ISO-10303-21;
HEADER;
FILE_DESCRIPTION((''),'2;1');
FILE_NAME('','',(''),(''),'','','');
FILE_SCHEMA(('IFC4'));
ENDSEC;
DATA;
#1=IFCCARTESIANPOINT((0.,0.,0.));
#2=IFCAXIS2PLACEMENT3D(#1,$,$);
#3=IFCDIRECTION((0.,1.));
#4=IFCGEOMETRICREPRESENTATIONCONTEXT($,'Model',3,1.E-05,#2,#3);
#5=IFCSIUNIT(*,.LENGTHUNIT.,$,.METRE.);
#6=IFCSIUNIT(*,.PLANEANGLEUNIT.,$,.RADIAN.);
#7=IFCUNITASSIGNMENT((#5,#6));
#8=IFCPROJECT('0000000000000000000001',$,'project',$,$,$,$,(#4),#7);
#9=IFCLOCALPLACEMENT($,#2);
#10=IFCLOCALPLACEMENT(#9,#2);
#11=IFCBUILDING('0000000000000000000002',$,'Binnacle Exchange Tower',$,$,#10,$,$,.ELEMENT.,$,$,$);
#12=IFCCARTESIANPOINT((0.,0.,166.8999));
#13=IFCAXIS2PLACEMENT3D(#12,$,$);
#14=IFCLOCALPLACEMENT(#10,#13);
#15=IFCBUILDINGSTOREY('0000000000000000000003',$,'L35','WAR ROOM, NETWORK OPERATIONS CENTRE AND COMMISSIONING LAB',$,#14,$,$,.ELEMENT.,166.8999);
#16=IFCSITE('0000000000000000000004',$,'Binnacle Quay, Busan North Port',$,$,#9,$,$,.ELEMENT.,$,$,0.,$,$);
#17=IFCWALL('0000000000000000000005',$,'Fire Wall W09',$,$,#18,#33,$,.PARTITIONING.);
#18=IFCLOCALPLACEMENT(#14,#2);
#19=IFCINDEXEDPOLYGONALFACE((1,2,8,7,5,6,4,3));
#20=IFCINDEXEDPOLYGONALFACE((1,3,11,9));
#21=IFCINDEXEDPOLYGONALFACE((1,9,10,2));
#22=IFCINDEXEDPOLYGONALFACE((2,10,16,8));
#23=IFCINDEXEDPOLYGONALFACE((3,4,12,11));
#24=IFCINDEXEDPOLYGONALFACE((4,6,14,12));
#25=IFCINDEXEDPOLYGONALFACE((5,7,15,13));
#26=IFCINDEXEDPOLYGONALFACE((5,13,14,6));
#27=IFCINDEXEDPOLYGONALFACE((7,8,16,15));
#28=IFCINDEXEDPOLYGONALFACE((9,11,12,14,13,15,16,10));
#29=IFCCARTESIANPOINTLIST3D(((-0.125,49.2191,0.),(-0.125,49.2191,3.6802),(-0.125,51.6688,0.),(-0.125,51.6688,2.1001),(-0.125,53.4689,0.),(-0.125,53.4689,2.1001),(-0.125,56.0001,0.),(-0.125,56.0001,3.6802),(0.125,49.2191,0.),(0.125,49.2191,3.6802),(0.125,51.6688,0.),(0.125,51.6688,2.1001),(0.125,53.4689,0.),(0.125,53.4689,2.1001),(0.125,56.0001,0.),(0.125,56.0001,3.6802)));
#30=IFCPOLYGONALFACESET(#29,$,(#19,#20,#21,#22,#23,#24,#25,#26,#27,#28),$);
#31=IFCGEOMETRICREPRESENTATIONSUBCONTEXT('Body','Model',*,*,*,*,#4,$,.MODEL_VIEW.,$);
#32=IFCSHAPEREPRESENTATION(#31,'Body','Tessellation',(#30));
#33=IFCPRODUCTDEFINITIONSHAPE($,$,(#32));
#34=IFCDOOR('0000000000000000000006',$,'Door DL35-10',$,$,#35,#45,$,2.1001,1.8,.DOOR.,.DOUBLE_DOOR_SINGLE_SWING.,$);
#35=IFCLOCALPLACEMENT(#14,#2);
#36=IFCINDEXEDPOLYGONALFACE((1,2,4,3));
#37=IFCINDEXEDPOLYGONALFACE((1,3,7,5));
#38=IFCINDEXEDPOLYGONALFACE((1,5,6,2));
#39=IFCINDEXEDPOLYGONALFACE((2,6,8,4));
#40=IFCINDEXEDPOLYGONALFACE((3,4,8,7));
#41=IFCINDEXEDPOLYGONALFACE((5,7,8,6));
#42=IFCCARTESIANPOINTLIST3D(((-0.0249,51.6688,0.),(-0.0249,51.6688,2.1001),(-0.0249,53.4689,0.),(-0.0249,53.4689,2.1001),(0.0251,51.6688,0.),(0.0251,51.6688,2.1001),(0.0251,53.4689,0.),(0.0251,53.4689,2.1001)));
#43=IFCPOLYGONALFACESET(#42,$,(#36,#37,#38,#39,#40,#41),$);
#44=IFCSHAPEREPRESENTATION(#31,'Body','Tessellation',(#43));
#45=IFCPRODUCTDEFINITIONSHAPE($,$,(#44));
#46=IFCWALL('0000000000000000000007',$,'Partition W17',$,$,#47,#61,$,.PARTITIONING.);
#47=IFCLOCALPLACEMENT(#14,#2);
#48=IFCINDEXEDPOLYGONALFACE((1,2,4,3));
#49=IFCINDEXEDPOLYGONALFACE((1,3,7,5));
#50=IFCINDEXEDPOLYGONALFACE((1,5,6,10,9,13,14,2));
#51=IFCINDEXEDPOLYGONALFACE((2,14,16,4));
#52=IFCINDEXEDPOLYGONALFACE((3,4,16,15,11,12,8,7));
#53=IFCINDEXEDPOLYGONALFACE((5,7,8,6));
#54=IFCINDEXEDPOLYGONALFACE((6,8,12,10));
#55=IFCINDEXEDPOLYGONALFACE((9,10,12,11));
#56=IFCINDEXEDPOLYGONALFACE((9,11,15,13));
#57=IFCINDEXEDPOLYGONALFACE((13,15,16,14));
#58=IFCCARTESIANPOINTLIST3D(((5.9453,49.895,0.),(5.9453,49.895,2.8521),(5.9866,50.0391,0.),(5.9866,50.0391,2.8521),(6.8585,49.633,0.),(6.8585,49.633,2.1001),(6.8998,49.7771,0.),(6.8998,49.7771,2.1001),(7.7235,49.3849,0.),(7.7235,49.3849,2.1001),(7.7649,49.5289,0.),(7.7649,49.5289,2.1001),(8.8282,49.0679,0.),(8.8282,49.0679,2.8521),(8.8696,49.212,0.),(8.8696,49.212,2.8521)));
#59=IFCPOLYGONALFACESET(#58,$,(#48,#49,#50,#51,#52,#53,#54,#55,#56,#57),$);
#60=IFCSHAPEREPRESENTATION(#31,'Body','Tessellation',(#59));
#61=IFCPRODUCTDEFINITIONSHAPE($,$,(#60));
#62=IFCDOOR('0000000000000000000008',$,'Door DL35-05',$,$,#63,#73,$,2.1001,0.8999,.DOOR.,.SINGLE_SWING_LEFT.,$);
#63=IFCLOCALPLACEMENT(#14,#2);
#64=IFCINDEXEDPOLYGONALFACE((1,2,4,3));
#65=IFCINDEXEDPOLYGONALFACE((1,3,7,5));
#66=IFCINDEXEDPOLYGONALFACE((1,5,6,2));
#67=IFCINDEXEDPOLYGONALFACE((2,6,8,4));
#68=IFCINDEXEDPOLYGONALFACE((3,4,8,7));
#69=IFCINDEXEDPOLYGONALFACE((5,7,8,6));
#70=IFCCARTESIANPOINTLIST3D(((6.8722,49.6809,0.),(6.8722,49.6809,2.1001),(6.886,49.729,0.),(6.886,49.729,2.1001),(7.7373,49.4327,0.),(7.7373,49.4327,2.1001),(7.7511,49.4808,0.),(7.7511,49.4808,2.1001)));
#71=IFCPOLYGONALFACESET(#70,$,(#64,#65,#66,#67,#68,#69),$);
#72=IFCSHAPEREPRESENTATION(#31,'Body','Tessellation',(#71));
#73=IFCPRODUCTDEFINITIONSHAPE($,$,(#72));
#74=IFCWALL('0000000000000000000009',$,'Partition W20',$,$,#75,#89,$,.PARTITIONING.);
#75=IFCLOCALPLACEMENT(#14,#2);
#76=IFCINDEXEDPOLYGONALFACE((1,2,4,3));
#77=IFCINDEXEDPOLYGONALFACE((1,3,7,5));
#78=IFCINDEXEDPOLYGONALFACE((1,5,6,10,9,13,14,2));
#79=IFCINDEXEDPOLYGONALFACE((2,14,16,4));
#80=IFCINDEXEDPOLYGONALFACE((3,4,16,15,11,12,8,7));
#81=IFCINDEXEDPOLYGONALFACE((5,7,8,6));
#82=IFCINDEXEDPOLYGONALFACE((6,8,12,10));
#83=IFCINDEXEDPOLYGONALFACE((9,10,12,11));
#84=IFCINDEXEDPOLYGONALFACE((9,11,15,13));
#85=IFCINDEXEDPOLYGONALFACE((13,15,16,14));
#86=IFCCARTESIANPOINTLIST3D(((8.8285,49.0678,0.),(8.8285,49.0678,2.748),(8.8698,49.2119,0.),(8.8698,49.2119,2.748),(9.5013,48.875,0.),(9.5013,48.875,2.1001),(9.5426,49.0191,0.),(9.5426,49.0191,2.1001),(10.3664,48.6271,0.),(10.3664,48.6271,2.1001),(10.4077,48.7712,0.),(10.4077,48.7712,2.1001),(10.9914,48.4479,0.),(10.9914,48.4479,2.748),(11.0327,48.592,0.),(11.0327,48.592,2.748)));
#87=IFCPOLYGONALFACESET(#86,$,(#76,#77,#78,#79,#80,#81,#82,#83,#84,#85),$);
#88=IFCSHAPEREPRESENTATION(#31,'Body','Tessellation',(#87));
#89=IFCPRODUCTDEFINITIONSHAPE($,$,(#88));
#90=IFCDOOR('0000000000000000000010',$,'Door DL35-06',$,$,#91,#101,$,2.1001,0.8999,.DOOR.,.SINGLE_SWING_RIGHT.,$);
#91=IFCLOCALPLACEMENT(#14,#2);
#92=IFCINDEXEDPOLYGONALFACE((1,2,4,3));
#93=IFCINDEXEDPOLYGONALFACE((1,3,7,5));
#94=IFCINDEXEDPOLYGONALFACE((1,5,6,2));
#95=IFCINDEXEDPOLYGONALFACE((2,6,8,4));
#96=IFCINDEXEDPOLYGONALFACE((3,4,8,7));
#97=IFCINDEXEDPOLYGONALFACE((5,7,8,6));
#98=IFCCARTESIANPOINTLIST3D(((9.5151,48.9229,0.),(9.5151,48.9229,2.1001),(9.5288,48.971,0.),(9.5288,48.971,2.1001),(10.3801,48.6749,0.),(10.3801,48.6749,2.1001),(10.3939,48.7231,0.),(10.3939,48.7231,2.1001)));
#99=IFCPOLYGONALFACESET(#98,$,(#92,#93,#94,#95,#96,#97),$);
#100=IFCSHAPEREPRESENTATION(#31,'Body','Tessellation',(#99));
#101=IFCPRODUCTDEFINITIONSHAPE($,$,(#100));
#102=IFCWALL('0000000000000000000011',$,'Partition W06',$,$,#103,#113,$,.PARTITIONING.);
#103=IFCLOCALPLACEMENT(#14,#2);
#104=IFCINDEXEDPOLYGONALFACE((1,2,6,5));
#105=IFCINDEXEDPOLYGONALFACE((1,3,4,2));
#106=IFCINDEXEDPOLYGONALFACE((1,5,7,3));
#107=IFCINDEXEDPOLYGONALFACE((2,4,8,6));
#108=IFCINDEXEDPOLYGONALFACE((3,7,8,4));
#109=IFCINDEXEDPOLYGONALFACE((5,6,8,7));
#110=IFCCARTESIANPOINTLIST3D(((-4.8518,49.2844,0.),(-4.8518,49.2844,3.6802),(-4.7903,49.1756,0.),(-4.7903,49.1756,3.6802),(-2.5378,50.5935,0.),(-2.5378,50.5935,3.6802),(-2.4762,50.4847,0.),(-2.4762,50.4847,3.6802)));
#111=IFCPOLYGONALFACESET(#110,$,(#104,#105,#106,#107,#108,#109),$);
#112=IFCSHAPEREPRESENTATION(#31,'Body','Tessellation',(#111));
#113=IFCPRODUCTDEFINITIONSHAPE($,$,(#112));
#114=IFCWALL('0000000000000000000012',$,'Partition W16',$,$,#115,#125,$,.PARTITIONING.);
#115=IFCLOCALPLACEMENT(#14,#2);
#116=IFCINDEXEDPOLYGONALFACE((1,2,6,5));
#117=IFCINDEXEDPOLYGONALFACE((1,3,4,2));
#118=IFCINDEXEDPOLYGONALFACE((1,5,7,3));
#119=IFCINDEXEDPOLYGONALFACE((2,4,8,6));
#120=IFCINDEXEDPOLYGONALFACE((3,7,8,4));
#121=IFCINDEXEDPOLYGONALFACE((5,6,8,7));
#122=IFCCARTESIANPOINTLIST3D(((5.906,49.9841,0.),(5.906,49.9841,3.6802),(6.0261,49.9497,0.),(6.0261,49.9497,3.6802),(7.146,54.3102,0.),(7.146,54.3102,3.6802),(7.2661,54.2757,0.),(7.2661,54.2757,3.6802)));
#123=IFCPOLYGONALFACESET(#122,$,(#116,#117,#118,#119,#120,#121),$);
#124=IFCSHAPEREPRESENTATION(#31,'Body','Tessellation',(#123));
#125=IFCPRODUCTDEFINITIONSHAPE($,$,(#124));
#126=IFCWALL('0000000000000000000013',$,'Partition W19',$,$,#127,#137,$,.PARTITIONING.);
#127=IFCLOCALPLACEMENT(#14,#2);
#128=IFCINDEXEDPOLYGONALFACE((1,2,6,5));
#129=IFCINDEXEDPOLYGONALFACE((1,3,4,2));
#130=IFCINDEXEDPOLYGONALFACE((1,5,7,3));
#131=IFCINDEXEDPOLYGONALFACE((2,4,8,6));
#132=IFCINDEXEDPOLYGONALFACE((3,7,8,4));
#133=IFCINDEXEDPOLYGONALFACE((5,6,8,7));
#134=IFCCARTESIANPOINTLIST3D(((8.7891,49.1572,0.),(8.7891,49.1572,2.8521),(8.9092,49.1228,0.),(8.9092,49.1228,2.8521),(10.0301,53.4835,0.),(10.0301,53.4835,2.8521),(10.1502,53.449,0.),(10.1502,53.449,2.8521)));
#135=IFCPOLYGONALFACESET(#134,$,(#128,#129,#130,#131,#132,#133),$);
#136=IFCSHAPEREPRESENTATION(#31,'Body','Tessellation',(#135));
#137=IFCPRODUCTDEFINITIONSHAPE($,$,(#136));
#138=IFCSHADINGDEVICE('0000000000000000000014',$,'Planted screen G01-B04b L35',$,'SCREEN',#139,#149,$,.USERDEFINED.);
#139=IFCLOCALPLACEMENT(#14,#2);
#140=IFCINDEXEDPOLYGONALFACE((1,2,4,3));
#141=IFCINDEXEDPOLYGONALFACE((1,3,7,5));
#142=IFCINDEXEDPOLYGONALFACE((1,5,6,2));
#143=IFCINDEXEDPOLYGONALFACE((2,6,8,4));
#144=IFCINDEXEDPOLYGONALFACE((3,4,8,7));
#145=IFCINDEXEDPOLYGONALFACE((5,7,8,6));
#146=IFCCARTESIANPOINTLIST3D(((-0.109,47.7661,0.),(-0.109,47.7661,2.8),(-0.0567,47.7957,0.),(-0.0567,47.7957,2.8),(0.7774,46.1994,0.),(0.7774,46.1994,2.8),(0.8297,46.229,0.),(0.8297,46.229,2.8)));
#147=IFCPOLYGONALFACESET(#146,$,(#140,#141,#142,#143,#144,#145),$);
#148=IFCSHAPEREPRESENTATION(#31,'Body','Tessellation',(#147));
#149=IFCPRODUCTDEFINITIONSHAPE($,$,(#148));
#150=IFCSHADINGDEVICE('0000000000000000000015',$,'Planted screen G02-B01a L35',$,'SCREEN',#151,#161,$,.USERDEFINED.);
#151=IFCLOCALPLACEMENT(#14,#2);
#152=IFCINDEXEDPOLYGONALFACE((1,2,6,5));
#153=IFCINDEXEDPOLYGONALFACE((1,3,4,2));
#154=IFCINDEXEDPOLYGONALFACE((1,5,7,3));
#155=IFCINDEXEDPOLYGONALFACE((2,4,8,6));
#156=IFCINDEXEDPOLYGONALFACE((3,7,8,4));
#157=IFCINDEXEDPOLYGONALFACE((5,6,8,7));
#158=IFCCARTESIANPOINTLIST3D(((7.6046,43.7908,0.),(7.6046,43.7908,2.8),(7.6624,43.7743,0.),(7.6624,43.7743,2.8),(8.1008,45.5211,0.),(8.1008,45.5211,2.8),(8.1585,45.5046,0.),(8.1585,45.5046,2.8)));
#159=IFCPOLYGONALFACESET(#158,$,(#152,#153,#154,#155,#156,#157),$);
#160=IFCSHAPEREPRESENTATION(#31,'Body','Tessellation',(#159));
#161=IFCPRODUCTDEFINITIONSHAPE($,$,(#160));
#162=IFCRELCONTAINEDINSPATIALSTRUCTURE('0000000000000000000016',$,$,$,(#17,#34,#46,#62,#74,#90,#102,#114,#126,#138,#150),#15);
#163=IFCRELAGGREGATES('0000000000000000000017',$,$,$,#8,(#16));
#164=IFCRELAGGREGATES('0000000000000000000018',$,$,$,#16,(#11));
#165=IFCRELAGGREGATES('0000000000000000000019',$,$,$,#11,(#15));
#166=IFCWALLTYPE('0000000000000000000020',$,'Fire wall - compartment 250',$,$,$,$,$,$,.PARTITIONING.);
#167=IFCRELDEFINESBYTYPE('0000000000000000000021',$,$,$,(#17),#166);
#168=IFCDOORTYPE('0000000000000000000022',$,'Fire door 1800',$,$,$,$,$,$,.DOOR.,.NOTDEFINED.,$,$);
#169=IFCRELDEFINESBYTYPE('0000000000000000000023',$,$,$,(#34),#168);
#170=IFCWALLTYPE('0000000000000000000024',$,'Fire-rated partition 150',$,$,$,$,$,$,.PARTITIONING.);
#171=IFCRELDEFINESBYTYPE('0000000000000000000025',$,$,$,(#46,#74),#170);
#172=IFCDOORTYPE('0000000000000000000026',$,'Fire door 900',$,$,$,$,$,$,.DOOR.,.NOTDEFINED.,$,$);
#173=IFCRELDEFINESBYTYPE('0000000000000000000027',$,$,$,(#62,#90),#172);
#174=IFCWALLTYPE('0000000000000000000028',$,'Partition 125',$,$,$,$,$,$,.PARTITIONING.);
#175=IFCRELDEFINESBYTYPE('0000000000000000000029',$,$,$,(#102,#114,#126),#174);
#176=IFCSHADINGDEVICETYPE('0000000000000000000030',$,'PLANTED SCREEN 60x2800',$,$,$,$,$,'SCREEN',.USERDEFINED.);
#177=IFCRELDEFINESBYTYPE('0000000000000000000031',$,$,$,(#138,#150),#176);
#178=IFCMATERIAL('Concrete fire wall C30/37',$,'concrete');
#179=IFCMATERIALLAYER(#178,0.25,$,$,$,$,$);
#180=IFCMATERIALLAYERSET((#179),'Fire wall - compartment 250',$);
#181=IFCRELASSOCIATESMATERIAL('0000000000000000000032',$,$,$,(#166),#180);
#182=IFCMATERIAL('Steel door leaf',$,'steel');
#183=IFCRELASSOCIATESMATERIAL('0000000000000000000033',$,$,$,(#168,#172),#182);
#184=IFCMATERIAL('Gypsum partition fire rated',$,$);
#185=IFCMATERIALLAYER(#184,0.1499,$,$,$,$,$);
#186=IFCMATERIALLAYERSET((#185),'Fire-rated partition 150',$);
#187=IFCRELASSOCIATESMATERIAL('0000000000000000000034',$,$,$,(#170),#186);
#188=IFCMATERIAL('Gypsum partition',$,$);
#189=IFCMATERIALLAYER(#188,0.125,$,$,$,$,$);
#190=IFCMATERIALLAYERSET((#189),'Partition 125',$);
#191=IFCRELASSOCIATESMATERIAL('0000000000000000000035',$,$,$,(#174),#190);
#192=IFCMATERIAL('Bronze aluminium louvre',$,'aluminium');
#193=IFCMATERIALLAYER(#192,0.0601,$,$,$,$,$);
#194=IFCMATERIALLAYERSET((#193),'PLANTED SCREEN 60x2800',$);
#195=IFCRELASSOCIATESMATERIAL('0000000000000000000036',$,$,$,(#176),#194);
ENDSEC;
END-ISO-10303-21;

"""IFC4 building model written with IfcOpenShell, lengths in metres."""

from ifc_helpers import new_model, si_unit, direction, frame, frame_2d, origin, origin_2d, place, context, subcontext, project, spatial, rectangle, extrude, material, layer, layer_set, type_object, element, fill, save


model = new_model("IFC4")

# Units and contexts
model_context = context("Model", 3, precision=1e-05, world=origin(), true_north=direction((0.0, 1.0)))
body_context = subcontext(model_context, "Body", "Model", "MODEL_VIEW")
ifc_project = project(units=[si_unit("LENGTHUNIT", "METRE"), si_unit("PLANEANGLEUNIT", "RADIAN")], contexts=[model_context])

# Site, building, storey
site_placement = place(None, origin())
site = spatial("IfcSite", under=ifc_project, at=site_placement, Name="Binnacle Quay, Busan North Port", CompositionType="ELEMENT", RefElevation=0.0)
building_placement = place(site_placement, origin())
building = spatial("IfcBuilding", under=site, at=building_placement, Name="Binnacle Exchange Tower", CompositionType="ELEMENT")
storey_placement = place(building_placement, frame((0.0, 0.0, 166.8999)))
storey = spatial("IfcBuildingStorey", under=building, at=storey_placement, Name="L35", Description="WAR ROOM, NETWORK OPERATIONS CENTRE AND COMMISSIONING LAB", CompositionType="ELEMENT", Elevation=166.8999)

# Walls, openings, doors
ifc_material_1 = material(Name="Concrete fire wall C30/37", Category="concrete")
ifc_layer_1 = layer(ifc_material_1, 0.25)
ifc_layer_set_1 = layer_set([ifc_layer_1], Name="Fire wall - compartment 250")
wall_type_1 = type_object("IfcWallType", Name="Fire wall - compartment 250", PredefinedType="PARTITIONING", material=ifc_layer_set_1)
wall_1_placement = place(storey_placement, frame((0.0, 49.219, 0.0), z_axis=(0.0, 0.0, 1.0), x_axis=(0.0, 1.0, 0.0)))
wall_1 = element("IfcWall", 1, at=wall_1_placement, inside=storey, type_object=wall_type_1, Name="Fire Wall W09", PredefinedType="PARTITIONING", context=body_context, shape_type="SweptSolid", body=[
    extrude(rectangle(XDim=6.781, YDim=0.25, at=frame_2d((3.3906, 0.0))), origin(), (0.0, 0.0, 1.0), 3.6802),
])
opening_1_placement = place(wall_1_placement, frame((2.45, 0.0, 0.0)))
opening_1 = element("IfcOpeningElement", 2, at=opening_1_placement, cuts=wall_1, PredefinedType="OPENING", context=body_context, shape_type="SweptSolid", body=[
    extrude(rectangle(XDim=1.8, YDim=2.1001, at=frame_2d((0.8999, 1.05))), frame((0.0, 0.135, 0.0), z_axis=(0.0, -1.0, 0.0), x_axis=(1.0, 0.0, 0.0)), (0.0, 0.0, 1.0), 0.27),
])
ifc_material_2 = material(Name="Steel door leaf", Category="steel")
door_type_1 = type_object("IfcDoorType", Name="Fire door 1800", OperationType="NOTDEFINED", PredefinedType="DOOR", material=ifc_material_2)
door_1_placement = place(opening_1_placement, origin())
door_1 = element("IfcDoor", 3, at=door_1_placement, inside=storey, type_object=door_type_1, Name="Door DL35-10", OperationType="DOUBLE_DOOR_SINGLE_SWING", OverallHeight=2.1001, OverallWidth=1.8, PredefinedType="DOOR", context=body_context, shape_type="SweptSolid", body=[
    extrude(rectangle(XDim=1.8, YDim=2.1001, at=frame_2d((0.8999, 1.05))), frame((0.0, 0.0249, 0.0), z_axis=(0.0, -1.0, 0.0), x_axis=(1.0, 0.0, 0.0)), (0.0, 0.0, 1.0), 0.05),
])
fill(opening_1, door_1)
ifc_material_3 = material(Name="Gypsum partition fire rated")
ifc_layer_2 = layer(ifc_material_3, 0.1499)
ifc_layer_set_2 = layer_set([ifc_layer_2], Name="Fire-rated partition 150")
wall_type_2 = type_object("IfcWallType", Name="Fire-rated partition 150", PredefinedType="PARTITIONING", material=ifc_layer_set_2)
wall_2_placement = place(storey_placement, frame((5.9661, 49.967, 0.0), z_axis=(0.0, 0.0, 1.0), x_axis=(0.961222, -0.275775, 0.0)))
wall_2 = element("IfcWall", 4, at=wall_2_placement, inside=storey, type_object=wall_type_2, Name="Partition W17", PredefinedType="PARTITIONING", context=body_context, shape_type="SweptSolid", body=[
    extrude(rectangle(XDim=2.9993, YDim=0.1499, at=frame_2d((1.4995, 0.0))), origin(), (0.0, 0.0, 1.0), 2.8521),
])
opening_2_placement = place(wall_2_placement, frame((0.95, 0.0, 0.0)))
opening_2 = element("IfcOpeningElement", 5, at=opening_2_placement, cuts=wall_2, PredefinedType="OPENING", context=body_context, shape_type="SweptSolid", body=[
    extrude(rectangle(XDim=0.8999, YDim=2.1001, at=frame_2d((0.45, 1.05))), frame((0.0, 0.085, 0.0), z_axis=(0.0, -1.0, 0.0), x_axis=(1.0, 0.0, 0.0)), (0.0, 0.0, 1.0), 0.1699),
])
door_type_2 = type_object("IfcDoorType", Name="Fire door 900", OperationType="NOTDEFINED", PredefinedType="DOOR", material=ifc_material_2)
door_2_placement = place(opening_2_placement, origin())
door_2 = element("IfcDoor", 6, at=door_2_placement, inside=storey, type_object=door_type_2, Name="Door DL35-05", OperationType="SINGLE_SWING_LEFT", OverallHeight=2.1001, OverallWidth=0.8999, PredefinedType="DOOR", context=body_context, shape_type="SweptSolid", body=[
    extrude(rectangle(XDim=0.8999, YDim=2.1001, at=frame_2d((0.45, 1.05))), frame((0.0, 0.0249, 0.0), z_axis=(0.0, -1.0, 0.0), x_axis=(1.0, 0.0, 0.0)), (0.0, 0.0, 1.0), 0.05),
])
fill(opening_2, door_2)
wall_3_placement = place(storey_placement, frame((8.8491, 49.1399, 0.0), z_axis=(0.0, 0.0, 1.0), x_axis=(0.961298, -0.275509, 0.0)))
wall_3 = element("IfcWall", 7, at=wall_3_placement, inside=storey, type_object=wall_type_2, Name="Partition W20", PredefinedType="PARTITIONING", context=body_context, shape_type="SweptSolid", body=[
    extrude(rectangle(XDim=2.25, YDim=0.1499, at=frame_2d((1.125, 0.0))), origin(), (0.0, 0.0, 1.0), 2.748),
])
opening_3_placement = place(wall_3_placement, frame((0.7, 0.0, 0.0)))
opening_3 = element("IfcOpeningElement", 8, at=opening_3_placement, cuts=wall_3, PredefinedType="OPENING", context=body_context, shape_type="SweptSolid", body=[
    extrude(rectangle(XDim=0.8999, YDim=2.1001, at=frame_2d((0.45, 1.05))), frame((0.0, 0.085, 0.0), z_axis=(0.0, -1.0, 0.0), x_axis=(1.0, 0.0, 0.0)), (0.0, 0.0, 1.0), 0.1699),
])
door_3_placement = place(opening_3_placement, origin())
door_3 = element("IfcDoor", 9, at=door_3_placement, inside=storey, type_object=door_type_2, Name="Door DL35-06", OperationType="SINGLE_SWING_RIGHT", OverallHeight=2.1001, OverallWidth=0.8999, PredefinedType="DOOR", context=body_context, shape_type="SweptSolid", body=[
    extrude(rectangle(XDim=0.8999, YDim=2.1001, at=frame_2d((0.45, 1.05))), frame((0.0, 0.0249, 0.0), z_axis=(0.0, -1.0, 0.0), x_axis=(1.0, 0.0, 0.0)), (0.0, 0.0, 1.0), 0.05),
])
fill(opening_3, door_3)

# Walls
ifc_material_4 = material(Name="Gypsum partition")
ifc_layer_3 = layer(ifc_material_4, 0.125)
ifc_layer_set_3 = layer_set([ifc_layer_3], Name="Partition 125")
wall_type_3 = type_object("IfcWallType", Name="Partition 125", PredefinedType="PARTITIONING", material=ifc_layer_set_3)
wall_4_placement = place(storey_placement, frame((-4.821, 49.23, 0.0), z_axis=(0.0, 0.0, 1.0), x_axis=(0.870371, 0.492396, 0.0)))
element("IfcWall", 10, at=wall_4_placement, inside=storey, type_object=wall_type_3, Name="Partition W06", PredefinedType="PARTITIONING", context=body_context, shape_type="SweptSolid", body=[
    extrude(rectangle(XDim=2.6587, YDim=0.125, at=frame_2d((1.3293, 0.0))), origin(), (0.0, 0.0, 1.0), 3.6802),
])
wall_5_placement = place(storey_placement, frame((5.9661, 49.967, 0.0), z_axis=(0.0, 0.0, 1.0), x_axis=(0.275545, 0.961288, 0.0)))
element("IfcWall", 11, at=wall_5_placement, inside=storey, type_object=wall_type_3, Name="Partition W16", PredefinedType="PARTITIONING", context=body_context, shape_type="SweptSolid", body=[
    extrude(rectangle(XDim=4.5002, YDim=0.125, at=frame_2d((2.25, 0.0))), origin(), (0.0, 0.0, 1.0), 3.6802),
])
wall_6_placement = place(storey_placement, frame((8.8491, 49.1399, 0.0), z_axis=(0.0, 0.0, 1.0), x_axis=(0.275731, 0.961235, 0.0)))
element("IfcWall", 12, at=wall_6_placement, inside=storey, type_object=wall_type_3, Name="Partition W19", PredefinedType="PARTITIONING", context=body_context, shape_type="SweptSolid", body=[
    extrude(rectangle(XDim=4.5007, YDim=0.125, at=frame_2d((2.2505, 0.0))), origin(), (0.0, 0.0, 1.0), 2.8521),
])

# Shading devices
ifc_material_5 = material(Name="Bronze aluminium louvre", Category="aluminium")
ifc_layer_4 = layer(ifc_material_5, 0.0601)
ifc_layer_set_4 = layer_set([ifc_layer_4], Name="PLANTED SCREEN 60x2800")
shading_device_type = type_object("IfcShadingDeviceType", Name="PLANTED SCREEN 60x2800", ElementType="SCREEN", PredefinedType="USERDEFINED", material=ifc_layer_set_4)
for number, where, z_axis, x_axis, name in (
    (13, (0.3604, 46.9976, 0.0), (0.0, 0.0, 1.0), (0.870356, 0.492424, 0.0), "Planted screen G01-B04b L35"),
    (14, (7.8816, 44.6477, 0.0), (0.0, 0.0, 1.0), (0.961262, -0.275637, 0.0), "Planted screen G02-B01a L35"),
):
    element("IfcShadingDevice", number, at=place(storey_placement, frame(where, z_axis=z_axis, x_axis=x_axis)), inside=storey, type_object=shading_device_type, Name=name, ObjectType="SCREEN", PredefinedType="USERDEFINED", context=body_context, shape_type="SweptSolid", body=[
        extrude(rectangle(XDim=0.0601, YDim=1.8, at=origin_2d()), origin(), (0.0, 0.0, 1.0), 2.8),
    ])

save(model, "model.ifc")
